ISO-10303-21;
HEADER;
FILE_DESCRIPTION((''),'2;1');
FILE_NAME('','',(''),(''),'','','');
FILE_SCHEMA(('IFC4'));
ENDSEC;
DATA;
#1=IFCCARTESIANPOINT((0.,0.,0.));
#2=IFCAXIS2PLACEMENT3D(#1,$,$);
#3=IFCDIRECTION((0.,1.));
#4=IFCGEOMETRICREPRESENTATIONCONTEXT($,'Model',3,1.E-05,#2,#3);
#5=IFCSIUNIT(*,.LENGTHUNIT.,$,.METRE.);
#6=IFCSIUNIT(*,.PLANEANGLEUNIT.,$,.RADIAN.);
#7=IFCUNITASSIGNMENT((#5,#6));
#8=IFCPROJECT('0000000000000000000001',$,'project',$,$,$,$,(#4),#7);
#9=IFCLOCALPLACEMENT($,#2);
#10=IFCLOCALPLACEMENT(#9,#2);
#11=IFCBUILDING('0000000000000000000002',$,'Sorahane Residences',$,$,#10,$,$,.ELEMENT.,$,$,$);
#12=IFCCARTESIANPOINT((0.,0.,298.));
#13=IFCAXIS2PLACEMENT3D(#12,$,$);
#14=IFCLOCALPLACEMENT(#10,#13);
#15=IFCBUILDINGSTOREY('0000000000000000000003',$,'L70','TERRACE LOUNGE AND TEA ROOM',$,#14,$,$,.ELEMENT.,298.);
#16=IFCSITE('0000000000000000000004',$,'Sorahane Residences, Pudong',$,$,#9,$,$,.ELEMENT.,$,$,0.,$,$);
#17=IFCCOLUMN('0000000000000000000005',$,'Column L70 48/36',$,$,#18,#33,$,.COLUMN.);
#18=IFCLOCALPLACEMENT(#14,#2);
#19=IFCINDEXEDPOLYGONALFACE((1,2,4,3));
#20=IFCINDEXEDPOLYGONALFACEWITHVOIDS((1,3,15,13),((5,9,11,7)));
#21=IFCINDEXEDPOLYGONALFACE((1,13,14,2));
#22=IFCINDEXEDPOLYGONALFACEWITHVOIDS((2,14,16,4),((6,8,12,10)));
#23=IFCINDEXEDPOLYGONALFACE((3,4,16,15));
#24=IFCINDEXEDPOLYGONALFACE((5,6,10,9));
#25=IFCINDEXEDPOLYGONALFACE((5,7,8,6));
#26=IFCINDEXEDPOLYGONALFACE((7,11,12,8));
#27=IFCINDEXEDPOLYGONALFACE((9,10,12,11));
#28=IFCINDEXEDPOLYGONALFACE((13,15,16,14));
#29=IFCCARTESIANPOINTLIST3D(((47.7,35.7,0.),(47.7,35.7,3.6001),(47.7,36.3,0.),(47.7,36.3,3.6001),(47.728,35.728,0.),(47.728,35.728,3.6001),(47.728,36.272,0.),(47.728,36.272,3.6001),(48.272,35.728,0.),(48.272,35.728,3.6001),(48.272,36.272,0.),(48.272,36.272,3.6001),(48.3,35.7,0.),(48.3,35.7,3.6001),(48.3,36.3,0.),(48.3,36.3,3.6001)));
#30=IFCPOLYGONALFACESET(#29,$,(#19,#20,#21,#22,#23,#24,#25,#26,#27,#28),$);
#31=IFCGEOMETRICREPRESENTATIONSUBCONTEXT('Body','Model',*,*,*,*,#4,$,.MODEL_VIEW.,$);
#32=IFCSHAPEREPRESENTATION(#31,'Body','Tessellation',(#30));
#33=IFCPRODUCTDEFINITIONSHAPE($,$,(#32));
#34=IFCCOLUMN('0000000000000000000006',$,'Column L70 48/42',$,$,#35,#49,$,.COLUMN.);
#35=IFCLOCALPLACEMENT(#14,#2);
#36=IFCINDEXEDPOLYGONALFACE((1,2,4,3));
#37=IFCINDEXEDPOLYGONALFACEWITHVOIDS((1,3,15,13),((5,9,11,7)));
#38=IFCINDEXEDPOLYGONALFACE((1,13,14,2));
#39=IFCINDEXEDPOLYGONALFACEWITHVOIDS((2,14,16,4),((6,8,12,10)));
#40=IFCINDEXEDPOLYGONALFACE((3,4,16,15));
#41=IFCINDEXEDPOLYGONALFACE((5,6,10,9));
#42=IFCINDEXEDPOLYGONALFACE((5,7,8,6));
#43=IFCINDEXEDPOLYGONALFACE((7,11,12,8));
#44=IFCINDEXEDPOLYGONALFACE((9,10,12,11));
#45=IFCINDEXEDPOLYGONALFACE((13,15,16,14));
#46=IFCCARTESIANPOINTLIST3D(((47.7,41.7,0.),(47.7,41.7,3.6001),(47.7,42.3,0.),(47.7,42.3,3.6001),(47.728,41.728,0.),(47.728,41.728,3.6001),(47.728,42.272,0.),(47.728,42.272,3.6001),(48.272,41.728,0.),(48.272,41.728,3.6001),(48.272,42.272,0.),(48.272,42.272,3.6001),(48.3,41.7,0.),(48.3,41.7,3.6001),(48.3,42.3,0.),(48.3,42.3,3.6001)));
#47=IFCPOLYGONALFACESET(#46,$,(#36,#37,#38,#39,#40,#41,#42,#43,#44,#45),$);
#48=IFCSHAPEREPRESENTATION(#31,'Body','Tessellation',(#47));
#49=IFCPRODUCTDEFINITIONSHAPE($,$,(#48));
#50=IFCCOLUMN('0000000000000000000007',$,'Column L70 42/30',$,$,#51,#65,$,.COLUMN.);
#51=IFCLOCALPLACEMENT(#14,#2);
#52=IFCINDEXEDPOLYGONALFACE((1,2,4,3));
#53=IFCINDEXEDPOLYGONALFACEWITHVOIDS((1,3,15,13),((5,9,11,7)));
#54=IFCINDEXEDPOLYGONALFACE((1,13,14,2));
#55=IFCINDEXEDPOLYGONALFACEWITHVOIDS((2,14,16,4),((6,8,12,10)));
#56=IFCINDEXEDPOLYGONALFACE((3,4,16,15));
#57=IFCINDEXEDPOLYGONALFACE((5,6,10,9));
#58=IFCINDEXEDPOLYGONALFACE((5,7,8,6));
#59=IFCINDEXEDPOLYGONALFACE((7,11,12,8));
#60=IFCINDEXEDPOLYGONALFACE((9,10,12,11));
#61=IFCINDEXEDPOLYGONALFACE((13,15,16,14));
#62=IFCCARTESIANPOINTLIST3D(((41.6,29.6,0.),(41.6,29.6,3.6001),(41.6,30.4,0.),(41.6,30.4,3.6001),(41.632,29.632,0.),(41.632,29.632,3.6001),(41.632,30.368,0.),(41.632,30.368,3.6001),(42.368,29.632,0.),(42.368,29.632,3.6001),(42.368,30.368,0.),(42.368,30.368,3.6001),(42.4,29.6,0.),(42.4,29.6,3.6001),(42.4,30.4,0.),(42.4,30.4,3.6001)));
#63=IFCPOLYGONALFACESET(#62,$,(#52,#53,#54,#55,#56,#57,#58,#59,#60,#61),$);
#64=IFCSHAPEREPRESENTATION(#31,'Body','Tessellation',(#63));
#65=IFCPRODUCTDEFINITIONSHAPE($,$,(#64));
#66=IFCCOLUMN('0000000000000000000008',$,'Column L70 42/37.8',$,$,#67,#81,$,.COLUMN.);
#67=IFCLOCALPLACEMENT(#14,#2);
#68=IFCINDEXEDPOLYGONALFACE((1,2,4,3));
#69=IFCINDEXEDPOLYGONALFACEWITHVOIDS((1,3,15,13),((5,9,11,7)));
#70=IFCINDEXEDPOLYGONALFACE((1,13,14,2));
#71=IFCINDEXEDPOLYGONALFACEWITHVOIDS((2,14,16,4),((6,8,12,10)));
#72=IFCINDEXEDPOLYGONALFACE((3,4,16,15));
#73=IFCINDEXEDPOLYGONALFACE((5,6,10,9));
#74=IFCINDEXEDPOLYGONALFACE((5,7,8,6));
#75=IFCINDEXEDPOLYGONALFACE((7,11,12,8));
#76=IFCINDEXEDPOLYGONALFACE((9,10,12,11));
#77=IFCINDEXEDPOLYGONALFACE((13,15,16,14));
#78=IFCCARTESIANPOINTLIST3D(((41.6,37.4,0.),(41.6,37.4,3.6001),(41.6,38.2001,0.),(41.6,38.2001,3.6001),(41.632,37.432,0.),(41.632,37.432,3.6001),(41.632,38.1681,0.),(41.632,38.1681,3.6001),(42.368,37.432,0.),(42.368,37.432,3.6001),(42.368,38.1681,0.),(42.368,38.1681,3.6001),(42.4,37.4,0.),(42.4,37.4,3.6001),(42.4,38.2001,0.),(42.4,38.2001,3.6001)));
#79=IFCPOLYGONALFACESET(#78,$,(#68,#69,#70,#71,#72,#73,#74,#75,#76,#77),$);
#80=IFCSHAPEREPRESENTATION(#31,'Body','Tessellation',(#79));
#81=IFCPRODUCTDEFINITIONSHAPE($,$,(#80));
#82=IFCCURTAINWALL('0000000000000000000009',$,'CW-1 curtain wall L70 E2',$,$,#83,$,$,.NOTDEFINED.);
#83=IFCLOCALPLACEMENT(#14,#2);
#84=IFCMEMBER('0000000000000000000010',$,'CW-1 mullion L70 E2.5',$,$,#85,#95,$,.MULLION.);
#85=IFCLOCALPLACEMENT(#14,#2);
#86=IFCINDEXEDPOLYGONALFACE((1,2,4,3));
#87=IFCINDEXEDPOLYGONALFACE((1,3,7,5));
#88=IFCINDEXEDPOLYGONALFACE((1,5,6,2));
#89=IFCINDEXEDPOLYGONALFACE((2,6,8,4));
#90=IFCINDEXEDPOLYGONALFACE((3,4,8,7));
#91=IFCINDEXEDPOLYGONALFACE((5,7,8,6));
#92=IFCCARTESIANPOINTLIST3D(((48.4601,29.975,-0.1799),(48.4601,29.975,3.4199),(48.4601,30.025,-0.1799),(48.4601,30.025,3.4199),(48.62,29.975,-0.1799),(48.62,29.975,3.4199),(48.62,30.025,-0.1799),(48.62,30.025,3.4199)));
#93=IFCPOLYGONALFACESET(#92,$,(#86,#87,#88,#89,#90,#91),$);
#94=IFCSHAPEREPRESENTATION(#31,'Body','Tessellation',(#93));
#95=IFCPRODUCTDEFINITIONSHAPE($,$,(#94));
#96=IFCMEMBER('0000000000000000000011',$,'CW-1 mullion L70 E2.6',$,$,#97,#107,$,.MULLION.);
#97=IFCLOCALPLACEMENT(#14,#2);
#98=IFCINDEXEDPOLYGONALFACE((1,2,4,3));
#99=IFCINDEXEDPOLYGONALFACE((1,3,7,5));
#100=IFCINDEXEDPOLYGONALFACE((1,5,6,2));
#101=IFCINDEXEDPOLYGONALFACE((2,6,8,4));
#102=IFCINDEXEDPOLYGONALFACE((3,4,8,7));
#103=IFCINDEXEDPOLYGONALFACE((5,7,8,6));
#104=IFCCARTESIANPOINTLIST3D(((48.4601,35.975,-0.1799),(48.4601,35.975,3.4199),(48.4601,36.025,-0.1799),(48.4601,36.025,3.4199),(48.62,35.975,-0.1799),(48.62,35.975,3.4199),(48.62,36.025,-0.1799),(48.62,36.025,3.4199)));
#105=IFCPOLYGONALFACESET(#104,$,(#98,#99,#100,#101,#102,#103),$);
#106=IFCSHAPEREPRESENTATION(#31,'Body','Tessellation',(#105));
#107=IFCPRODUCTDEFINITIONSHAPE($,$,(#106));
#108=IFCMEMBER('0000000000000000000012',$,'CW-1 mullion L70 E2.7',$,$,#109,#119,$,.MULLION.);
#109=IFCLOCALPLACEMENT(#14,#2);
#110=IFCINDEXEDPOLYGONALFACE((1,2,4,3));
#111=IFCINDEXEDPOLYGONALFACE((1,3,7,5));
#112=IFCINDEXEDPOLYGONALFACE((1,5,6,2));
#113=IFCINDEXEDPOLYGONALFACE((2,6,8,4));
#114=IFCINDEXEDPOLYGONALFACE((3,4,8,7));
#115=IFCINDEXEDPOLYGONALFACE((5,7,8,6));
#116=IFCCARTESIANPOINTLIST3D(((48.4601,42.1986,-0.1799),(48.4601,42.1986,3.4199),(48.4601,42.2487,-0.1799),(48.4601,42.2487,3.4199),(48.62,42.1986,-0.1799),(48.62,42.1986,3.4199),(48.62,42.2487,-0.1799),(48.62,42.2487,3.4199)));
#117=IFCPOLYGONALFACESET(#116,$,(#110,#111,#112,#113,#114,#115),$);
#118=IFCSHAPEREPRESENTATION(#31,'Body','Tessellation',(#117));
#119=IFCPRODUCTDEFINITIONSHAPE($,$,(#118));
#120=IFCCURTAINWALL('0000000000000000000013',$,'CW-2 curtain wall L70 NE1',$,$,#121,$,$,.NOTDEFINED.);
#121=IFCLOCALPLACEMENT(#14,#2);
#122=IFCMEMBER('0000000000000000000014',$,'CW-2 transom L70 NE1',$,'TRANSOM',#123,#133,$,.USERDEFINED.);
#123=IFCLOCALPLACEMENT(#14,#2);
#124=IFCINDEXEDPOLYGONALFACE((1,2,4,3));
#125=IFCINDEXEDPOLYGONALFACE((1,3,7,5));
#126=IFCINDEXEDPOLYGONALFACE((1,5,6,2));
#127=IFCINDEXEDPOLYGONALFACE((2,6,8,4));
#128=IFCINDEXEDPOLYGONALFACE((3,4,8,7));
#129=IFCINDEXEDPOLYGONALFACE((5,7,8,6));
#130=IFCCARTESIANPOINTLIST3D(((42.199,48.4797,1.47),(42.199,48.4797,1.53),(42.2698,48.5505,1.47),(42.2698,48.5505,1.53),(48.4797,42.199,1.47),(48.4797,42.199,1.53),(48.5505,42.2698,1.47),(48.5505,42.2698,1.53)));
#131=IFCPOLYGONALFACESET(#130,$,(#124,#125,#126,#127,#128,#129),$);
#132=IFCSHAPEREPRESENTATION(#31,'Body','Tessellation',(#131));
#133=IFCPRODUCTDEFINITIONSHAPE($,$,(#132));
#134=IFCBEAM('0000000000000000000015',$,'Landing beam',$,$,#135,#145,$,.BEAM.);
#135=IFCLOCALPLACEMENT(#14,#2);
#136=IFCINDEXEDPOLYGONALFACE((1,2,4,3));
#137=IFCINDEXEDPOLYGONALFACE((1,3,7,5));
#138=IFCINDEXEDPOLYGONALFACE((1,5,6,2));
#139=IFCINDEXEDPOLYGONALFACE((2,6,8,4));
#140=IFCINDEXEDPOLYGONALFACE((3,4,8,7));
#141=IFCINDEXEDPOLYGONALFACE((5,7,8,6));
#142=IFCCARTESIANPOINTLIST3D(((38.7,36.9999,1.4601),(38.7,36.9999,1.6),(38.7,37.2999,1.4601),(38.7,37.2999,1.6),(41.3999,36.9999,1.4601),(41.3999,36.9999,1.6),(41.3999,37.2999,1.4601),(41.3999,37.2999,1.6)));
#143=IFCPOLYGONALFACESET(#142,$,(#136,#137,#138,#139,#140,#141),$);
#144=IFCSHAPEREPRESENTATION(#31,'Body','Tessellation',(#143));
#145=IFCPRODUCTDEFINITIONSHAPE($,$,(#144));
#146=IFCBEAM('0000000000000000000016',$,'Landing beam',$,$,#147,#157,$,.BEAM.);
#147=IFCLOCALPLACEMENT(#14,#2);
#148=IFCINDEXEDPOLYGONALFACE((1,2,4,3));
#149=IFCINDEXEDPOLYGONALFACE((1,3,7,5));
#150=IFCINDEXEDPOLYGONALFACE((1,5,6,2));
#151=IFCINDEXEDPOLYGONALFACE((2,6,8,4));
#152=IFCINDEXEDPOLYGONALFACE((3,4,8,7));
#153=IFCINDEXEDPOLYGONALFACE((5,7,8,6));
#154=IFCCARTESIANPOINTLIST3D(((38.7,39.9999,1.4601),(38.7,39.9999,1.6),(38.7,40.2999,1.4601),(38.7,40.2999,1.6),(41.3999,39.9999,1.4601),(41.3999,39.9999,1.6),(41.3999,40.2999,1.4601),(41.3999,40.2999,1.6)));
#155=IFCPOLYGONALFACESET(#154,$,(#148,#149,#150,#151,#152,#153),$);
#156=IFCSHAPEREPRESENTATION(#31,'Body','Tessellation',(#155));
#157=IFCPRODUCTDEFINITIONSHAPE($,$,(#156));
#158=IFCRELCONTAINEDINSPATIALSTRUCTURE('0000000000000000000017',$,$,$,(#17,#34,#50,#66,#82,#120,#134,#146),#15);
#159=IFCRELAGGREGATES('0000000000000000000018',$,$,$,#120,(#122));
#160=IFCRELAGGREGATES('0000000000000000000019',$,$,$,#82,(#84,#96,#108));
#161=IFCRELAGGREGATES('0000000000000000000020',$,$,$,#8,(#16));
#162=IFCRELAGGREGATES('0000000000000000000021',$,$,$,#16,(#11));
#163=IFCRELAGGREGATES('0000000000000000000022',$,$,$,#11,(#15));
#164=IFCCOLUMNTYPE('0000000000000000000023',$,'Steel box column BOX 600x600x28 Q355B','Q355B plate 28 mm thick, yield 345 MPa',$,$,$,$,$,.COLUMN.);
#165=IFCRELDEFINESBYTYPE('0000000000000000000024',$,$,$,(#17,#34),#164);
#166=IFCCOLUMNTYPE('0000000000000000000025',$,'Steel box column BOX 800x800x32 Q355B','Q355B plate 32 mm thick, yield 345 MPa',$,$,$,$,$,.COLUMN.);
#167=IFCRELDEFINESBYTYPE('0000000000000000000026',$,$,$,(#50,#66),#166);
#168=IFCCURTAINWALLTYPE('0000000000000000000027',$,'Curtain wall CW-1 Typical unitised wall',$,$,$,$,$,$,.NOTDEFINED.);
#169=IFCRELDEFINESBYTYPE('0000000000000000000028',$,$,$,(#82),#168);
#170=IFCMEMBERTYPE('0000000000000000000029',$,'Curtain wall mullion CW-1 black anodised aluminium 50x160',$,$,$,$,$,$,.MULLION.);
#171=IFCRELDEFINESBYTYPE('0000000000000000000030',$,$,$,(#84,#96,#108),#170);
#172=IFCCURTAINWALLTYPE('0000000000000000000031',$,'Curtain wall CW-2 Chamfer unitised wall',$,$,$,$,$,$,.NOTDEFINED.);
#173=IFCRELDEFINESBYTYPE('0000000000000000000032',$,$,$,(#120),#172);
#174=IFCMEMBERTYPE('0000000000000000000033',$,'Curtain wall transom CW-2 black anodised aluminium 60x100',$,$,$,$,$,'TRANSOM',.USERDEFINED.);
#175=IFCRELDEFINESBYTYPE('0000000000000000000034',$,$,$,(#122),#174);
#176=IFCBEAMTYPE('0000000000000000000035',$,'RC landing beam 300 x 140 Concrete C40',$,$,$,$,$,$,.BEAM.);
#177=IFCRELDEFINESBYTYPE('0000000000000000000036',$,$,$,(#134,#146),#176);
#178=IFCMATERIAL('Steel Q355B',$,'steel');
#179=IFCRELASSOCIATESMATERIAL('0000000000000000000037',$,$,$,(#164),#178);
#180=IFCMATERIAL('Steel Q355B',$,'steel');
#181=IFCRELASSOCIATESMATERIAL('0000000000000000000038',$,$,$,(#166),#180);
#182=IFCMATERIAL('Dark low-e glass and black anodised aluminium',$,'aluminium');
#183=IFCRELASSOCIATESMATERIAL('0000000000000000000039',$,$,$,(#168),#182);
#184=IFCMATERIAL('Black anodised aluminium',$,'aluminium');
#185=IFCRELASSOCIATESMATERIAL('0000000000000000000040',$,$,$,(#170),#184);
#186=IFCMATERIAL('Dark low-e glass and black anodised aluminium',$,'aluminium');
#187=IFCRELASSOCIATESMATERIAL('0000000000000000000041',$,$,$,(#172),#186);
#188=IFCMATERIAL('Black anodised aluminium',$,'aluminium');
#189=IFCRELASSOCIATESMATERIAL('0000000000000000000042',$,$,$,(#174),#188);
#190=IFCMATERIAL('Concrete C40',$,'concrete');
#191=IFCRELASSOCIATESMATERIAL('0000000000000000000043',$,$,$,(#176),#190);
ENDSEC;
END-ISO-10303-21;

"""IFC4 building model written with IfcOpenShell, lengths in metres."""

from ifc_helpers import new_model, si_unit, direction, frame, origin, origin_2d, place, context, subcontext, project, spatial, rectangle, hollow_rectangle, extrude, material, material_profile, profile_set, type_object, element, aggregate, save


model = new_model("IFC4")

# Units and contexts
model_context = context("Model", 3, precision=1e-05, world=origin(), true_north=direction((0.0, 1.0)))
body_context = subcontext(model_context, "Body", "Model", "MODEL_VIEW")
ifc_project = project(units=[si_unit("LENGTHUNIT", "METRE"), si_unit("PLANEANGLEUNIT", "RADIAN")], contexts=[model_context])

# Site, building, storey
site_placement = place(None, origin())
site = spatial("IfcSite", under=ifc_project, at=site_placement, Name="Sorahane Residences, Pudong", CompositionType="ELEMENT", RefElevation=0.0)
building_placement = place(site_placement, origin())
building = spatial("IfcBuilding", under=site, at=building_placement, Name="Sorahane Residences", CompositionType="ELEMENT")
storey_placement = place(building_placement, frame((0.0, 0.0, 298.0)))
storey = spatial("IfcBuildingStorey", under=building, at=storey_placement, Name="L70", Description="TERRACE LOUNGE AND TEA ROOM", CompositionType="ELEMENT", Elevation=298.0)

# Columns
ifc_material_1 = material(Name="Steel Q355B", Category="steel")
ifc_material_profile_1 = material_profile(ifc_material_1, hollow_rectangle(XDim=0.6001, YDim=0.6001, WallThickness=0.0281, at=origin_2d()), Name="BOX 600x600x28")
ifc_profile_set_1 = profile_set([ifc_material_profile_1], Name="Steel Q355B")
column_type_1 = type_object("IfcColumnType", Name="Steel box column BOX 600x600x28 Q355B", Description="Q355B plate 28 mm thick, yield 345 MPa", PredefinedType="COLUMN", material=ifc_profile_set_1)
for number, where, z_axis, x_axis, name in (
    (1, (48.0, 36.0, 0.0), (0.0, 0.0, 1.0), (1.0, 0.0, 0.0), "Column L70 48/36"),
    (2, (48.0, 42.0, 0.0), (0.0, 0.0, 1.0), (1.0, 0.0, 0.0), "Column L70 48/42"),
):
    element("IfcColumn", number, at=place(storey_placement, frame(where, z_axis=z_axis, x_axis=x_axis)), inside=storey, type_object=column_type_1, Name=name, PredefinedType="COLUMN", context=body_context, shape_type="SweptSolid", body=[
        extrude(hollow_rectangle(XDim=0.6001, YDim=0.6001, WallThickness=0.0281, at=origin_2d()), origin(), (0.0, 0.0, 1.0), 3.6001),
    ])
ifc_material_2 = material(Name="Steel Q355B", Category="steel")
ifc_material_profile_2 = material_profile(ifc_material_2, hollow_rectangle(XDim=0.8, YDim=0.8, WallThickness=0.032, at=origin_2d()), Name="BOX 800x800x32")
ifc_profile_set_2 = profile_set([ifc_material_profile_2], Name="Steel Q355B")
column_type_2 = type_object("IfcColumnType", Name="Steel box column BOX 800x800x32 Q355B", Description="Q355B plate 32 mm thick, yield 345 MPa", PredefinedType="COLUMN", material=ifc_profile_set_2)
for number, where, z_axis, x_axis, name in (
    (3, (42.0, 30.0, 0.0), (0.0, 0.0, 1.0), (1.0, 0.0, 0.0), "Column L70 42/30"),
    (4, (42.0, 37.8, 0.0), (0.0, 0.0, 1.0), (1.0, 0.0, 0.0), "Column L70 42/37.8"),
):
    element("IfcColumn", number, at=place(storey_placement, frame(where, z_axis=z_axis, x_axis=x_axis)), inside=storey, type_object=column_type_2, Name=name, PredefinedType="COLUMN", context=body_context, shape_type="SweptSolid", body=[
        extrude(hollow_rectangle(XDim=0.8, YDim=0.8, WallThickness=0.032, at=origin_2d()), origin(), (0.0, 0.0, 1.0), 3.6001),
    ])

# Curtain wall, members
ifc_material_3 = material(Name="Dark low-e glass and black anodised aluminium", Category="aluminium")
curtain_wall_type_1 = type_object("IfcCurtainWallType", Name="Curtain wall CW-1 Typical unitised wall", PredefinedType="NOTDEFINED", material=ifc_material_3)
curtain_wall_1_placement = place(storey_placement, origin())
curtain_wall_1 = element("IfcCurtainWall", 5, at=curtain_wall_1_placement, inside=storey, type_object=curtain_wall_type_1, Name="CW-1 curtain wall L70 E2", PredefinedType="NOTDEFINED")
ifc_material_4 = material(Name="Black anodised aluminium", Category="aluminium")
ifc_material_profile_3 = material_profile(ifc_material_4, rectangle(XDim=0.1599, YDim=0.05, at=origin_2d()), Name="Curtain wall mullion CW-1 black anodised aluminium 50x160")
ifc_profile_set_3 = profile_set([ifc_material_profile_3], Name="Black anodised aluminium")
member_type_1 = type_object("IfcMemberType", Name="Curtain wall mullion CW-1 black anodised aluminium 50x160", PredefinedType="MULLION", material=ifc_profile_set_3)
member_1_placement = place(storey_placement, frame((48.54, 30.0, -0.1799), z_axis=(0.0, 0.0, 1.0), x_axis=(1.0, 0.0, 0.0)))
member_1 = element("IfcMember", 6, at=member_1_placement, type_object=member_type_1, Name="CW-1 mullion L70 E2.5", PredefinedType="MULLION", context=body_context, shape_type="SweptSolid", body=[
    extrude(rectangle(XDim=0.1599, YDim=0.05, at=origin_2d()), origin(), (0.0, 0.0, 1.0), 3.5999),
])
member_2_placement = place(storey_placement, frame((48.54, 36.0, -0.1799), z_axis=(0.0, 0.0, 1.0), x_axis=(1.0, 0.0, 0.0)))
member_2 = element("IfcMember", 7, at=member_2_placement, type_object=member_type_1, Name="CW-1 mullion L70 E2.6", PredefinedType="MULLION", context=body_context, shape_type="SweptSolid", body=[
    extrude(rectangle(XDim=0.1599, YDim=0.05, at=origin_2d()), origin(), (0.0, 0.0, 1.0), 3.5999),
])
member_3_placement = place(storey_placement, frame((48.54, 42.2236, -0.1799), z_axis=(0.0, 0.0, 1.0), x_axis=(1.0, 0.0, 0.0)))
member_3 = element("IfcMember", 8, at=member_3_placement, type_object=member_type_1, Name="CW-1 mullion L70 E2.7", PredefinedType="MULLION", context=body_context, shape_type="SweptSolid", body=[
    extrude(rectangle(XDim=0.1599, YDim=0.05, at=origin_2d()), origin(), (0.0, 0.0, 1.0), 3.5999),
])

# Curtain wall, member
ifc_material_5 = material(Name="Dark low-e glass and black anodised aluminium", Category="aluminium")
curtain_wall_type_2 = type_object("IfcCurtainWallType", Name="Curtain wall CW-2 Chamfer unitised wall", PredefinedType="NOTDEFINED", material=ifc_material_5)
curtain_wall_2_placement = place(storey_placement, origin())
curtain_wall_2 = element("IfcCurtainWall", 9, at=curtain_wall_2_placement, inside=storey, type_object=curtain_wall_type_2, Name="CW-2 curtain wall L70 NE1", PredefinedType="NOTDEFINED")
ifc_material_6 = material(Name="Black anodised aluminium", Category="aluminium")
ifc_material_profile_4 = material_profile(ifc_material_6, rectangle(XDim=0.1001, YDim=0.0601, at=origin_2d()), Name="Curtain wall transom CW-2 black anodised aluminium 60x100")
ifc_profile_set_4 = profile_set([ifc_material_profile_4], Name="Black anodised aluminium")
member_type_2 = type_object("IfcMemberType", Name="Curtain wall transom CW-2 black anodised aluminium 60x100", ElementType="TRANSOM", PredefinedType="USERDEFINED", material=ifc_profile_set_4)
member_4_placement = place(storey_placement, frame((48.5151, 42.2344, 1.5), z_axis=(-0.707107, 0.707107, 0.0), x_axis=(-0.707107, -0.707107, 0.0)))
member_4 = element("IfcMember", 10, at=member_4_placement, type_object=member_type_2, Name="CW-2 transom L70 NE1", ObjectType="TRANSOM", PredefinedType="USERDEFINED", context=body_context, shape_type="SweptSolid", body=[
    extrude(rectangle(XDim=0.1001, YDim=0.0601, at=origin_2d()), origin(), (0.0, 0.0, 1.0), 8.8823),
])
aggregate(curtain_wall_2, [member_4])

# Beams
ifc_material_7 = material(Name="Concrete C40", Category="concrete")
ifc_material_profile_5 = material_profile(ifc_material_7, rectangle(XDim=0.3, YDim=0.1399, at=origin_2d()), Name="300x140")
ifc_profile_set_5 = profile_set([ifc_material_profile_5], Name="Concrete C40")
beam_type_1 = type_object("IfcBeamType", Name="RC landing beam 300 x 140 Concrete C40", PredefinedType="BEAM", material=ifc_profile_set_5)
for number, where, z_axis, x_axis, name in (
    (11, (38.7, 37.1499, 1.53), (1.0, 0.0, 0.0), (0.0, 1.0, 0.0), "Landing beam"),
    (12, (38.7, 40.1499, 1.53), (1.0, 0.0, 0.0), (0.0, 1.0, 0.0), "Landing beam"),
):
    element("IfcBeam", number, at=place(storey_placement, frame(where, z_axis=z_axis, x_axis=x_axis)), inside=storey, type_object=beam_type_1, Name=name, PredefinedType="BEAM", context=body_context, shape_type="SweptSolid", body=[
        extrude(rectangle(XDim=0.3, YDim=0.1399, at=origin_2d()), origin(), (0.0, 0.0, 1.0), 2.7),
    ])

aggregate(curtain_wall_1, [member_1, member_2, member_3])

save(model, "model.ifc")
